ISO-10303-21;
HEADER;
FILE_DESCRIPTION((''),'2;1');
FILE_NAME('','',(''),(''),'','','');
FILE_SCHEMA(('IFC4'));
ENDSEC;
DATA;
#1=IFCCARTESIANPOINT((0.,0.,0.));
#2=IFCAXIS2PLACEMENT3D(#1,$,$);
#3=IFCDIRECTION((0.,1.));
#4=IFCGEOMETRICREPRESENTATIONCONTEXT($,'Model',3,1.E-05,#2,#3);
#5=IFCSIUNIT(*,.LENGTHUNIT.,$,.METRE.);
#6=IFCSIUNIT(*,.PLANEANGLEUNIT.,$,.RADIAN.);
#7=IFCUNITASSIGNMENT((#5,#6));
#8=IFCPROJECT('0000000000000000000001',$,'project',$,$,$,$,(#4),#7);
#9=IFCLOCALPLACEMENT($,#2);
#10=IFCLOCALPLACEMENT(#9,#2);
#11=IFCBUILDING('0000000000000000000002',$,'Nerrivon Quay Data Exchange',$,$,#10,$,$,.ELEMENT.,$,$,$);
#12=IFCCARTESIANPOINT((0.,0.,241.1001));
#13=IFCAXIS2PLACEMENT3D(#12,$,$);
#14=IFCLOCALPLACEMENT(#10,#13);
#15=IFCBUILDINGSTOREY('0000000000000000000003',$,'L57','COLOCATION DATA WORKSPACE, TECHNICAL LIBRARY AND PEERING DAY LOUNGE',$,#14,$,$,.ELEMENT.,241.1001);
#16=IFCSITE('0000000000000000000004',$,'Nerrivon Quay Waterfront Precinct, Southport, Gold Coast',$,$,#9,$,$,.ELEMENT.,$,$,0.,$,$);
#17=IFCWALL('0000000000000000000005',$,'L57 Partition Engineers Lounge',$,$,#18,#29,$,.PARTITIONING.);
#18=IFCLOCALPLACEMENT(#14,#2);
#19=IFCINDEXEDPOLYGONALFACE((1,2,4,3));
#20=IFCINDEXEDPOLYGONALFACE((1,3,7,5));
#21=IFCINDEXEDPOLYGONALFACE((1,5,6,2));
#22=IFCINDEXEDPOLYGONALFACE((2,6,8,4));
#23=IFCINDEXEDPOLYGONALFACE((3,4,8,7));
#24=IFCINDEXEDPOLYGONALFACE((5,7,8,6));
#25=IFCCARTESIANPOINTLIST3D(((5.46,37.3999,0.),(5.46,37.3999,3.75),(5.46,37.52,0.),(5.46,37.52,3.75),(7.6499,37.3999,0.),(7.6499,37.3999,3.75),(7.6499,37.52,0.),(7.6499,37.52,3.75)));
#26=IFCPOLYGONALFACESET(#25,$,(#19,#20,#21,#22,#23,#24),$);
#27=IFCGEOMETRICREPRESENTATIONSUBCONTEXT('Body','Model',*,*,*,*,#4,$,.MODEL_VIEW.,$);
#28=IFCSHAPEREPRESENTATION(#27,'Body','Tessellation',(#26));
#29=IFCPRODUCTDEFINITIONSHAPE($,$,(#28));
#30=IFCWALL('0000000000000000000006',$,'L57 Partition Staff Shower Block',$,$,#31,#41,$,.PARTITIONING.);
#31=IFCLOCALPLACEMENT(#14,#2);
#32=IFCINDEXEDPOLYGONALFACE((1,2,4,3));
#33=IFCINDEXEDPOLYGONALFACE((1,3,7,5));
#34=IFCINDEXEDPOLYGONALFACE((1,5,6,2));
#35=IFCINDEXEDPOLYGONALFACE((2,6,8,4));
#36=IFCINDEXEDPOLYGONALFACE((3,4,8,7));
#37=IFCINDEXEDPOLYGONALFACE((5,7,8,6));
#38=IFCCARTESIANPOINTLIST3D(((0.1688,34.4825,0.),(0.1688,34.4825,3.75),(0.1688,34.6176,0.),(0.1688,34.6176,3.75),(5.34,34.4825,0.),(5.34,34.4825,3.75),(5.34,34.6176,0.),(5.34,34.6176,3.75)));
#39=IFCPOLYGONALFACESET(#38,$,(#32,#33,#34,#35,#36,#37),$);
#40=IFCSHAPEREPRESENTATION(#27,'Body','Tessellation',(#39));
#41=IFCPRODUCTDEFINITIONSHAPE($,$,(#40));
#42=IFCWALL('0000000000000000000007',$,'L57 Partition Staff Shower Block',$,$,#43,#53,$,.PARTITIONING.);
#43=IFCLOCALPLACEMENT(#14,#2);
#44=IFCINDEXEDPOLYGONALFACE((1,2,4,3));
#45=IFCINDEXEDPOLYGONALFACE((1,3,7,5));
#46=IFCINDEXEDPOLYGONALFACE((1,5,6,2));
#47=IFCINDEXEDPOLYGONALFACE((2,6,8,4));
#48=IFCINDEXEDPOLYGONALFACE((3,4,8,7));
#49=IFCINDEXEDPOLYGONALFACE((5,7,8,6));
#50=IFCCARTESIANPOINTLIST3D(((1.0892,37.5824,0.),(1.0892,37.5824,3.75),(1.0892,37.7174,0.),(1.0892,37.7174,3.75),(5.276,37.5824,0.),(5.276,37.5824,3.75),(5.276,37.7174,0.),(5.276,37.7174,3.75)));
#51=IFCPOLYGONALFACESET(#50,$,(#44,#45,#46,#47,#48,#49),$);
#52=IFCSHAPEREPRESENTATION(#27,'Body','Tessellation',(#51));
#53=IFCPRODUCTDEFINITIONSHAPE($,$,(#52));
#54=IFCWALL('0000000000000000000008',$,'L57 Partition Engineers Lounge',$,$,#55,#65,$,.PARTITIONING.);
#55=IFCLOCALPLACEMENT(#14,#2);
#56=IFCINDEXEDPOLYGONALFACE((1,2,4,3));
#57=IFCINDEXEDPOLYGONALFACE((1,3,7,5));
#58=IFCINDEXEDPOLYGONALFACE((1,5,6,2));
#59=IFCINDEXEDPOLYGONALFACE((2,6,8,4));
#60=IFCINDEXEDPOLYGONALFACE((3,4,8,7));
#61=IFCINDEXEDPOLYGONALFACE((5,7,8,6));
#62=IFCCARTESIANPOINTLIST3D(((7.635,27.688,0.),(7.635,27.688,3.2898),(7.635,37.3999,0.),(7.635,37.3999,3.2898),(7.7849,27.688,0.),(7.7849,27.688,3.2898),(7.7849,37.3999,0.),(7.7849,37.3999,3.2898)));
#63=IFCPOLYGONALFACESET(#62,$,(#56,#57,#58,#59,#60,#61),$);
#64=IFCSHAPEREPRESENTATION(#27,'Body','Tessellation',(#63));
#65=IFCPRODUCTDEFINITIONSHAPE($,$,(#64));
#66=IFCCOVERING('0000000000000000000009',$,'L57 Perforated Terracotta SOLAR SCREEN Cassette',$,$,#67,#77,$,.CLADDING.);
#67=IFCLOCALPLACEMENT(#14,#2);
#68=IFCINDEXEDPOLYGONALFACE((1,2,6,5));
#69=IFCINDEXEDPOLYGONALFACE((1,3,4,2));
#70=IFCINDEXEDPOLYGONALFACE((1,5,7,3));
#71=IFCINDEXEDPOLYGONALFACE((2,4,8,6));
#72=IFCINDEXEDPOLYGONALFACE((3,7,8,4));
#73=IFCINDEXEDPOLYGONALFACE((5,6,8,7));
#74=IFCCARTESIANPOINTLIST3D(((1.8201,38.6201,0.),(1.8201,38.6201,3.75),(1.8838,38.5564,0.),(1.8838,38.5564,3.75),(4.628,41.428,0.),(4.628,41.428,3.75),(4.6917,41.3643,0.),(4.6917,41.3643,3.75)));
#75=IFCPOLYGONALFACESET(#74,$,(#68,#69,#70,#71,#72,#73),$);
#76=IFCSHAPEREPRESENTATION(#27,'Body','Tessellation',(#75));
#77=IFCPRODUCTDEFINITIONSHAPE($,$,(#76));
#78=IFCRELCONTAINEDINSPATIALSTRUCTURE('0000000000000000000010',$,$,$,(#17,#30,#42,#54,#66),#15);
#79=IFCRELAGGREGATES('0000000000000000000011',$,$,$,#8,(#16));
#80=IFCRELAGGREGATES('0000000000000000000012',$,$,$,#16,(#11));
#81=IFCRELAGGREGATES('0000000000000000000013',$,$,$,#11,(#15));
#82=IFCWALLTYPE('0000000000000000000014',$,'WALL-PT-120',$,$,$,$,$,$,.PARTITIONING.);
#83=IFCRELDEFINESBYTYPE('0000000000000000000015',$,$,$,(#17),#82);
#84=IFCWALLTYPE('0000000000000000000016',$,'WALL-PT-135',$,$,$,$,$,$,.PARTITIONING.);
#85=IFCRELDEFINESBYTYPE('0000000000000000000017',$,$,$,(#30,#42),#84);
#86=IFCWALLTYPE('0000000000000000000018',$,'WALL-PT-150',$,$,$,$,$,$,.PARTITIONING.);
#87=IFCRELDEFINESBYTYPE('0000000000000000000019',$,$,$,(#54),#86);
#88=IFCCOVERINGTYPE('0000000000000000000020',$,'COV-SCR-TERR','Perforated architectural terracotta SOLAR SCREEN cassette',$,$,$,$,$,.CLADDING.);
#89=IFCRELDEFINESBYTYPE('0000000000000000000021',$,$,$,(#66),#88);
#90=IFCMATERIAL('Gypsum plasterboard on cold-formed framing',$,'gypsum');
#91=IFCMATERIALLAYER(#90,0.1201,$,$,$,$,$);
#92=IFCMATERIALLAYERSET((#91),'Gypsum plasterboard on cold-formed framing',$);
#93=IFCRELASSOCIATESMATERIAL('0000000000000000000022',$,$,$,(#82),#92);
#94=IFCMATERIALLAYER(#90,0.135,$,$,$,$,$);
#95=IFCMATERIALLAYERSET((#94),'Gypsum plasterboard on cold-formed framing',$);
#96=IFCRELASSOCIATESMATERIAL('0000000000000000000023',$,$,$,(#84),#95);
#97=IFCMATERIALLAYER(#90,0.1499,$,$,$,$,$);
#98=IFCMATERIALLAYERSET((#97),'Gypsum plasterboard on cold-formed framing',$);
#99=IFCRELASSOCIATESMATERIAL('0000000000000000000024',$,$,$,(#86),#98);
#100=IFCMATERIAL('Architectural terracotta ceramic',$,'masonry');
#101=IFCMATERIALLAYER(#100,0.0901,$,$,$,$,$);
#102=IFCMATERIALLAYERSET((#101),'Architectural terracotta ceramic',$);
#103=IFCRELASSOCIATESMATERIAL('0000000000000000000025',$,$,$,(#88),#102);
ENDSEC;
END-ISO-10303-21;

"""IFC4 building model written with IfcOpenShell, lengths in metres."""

from ifc_helpers import new_model, si_unit, direction, frame, frame_2d, origin, origin_2d, place, context, subcontext, project, spatial, rectangle, extrude, material, layer, layer_set, type_object, element, save


model = new_model("IFC4")

# Units and contexts
model_context = context("Model", 3, precision=1e-05, world=origin(), true_north=direction((0.0, 1.0)))
body_context = subcontext(model_context, "Body", "Model", "MODEL_VIEW")
ifc_project = project(units=[si_unit("LENGTHUNIT", "METRE"), si_unit("PLANEANGLEUNIT", "RADIAN")], contexts=[model_context])

# Site, building, storey
site_placement = place(None, origin())
site = spatial("IfcSite", under=ifc_project, at=site_placement, Name="Nerrivon Quay Waterfront Precinct, Southport, Gold Coast", CompositionType="ELEMENT", RefElevation=0.0)
building_placement = place(site_placement, origin())
building = spatial("IfcBuilding", under=site, at=building_placement, Name="Nerrivon Quay Data Exchange", CompositionType="ELEMENT")
storey_placement = place(building_placement, frame((0.0, 0.0, 241.1001)))
storey = spatial("IfcBuildingStorey", under=building, at=storey_placement, Name="L57", Description="COLOCATION DATA WORKSPACE, TECHNICAL LIBRARY AND PEERING DAY LOUNGE", CompositionType="ELEMENT", Elevation=241.1001)

# Shared definitions
ifc_material_1 = material(Name="Gypsum plasterboard on cold-formed framing", Category="gypsum")
ifc_layer_1 = layer(ifc_material_1, 0.1201)
ifc_layer_set_1 = layer_set([ifc_layer_1], Name="Gypsum plasterboard on cold-formed framing")
wall_type_1 = type_object("IfcWallType", Name="WALL-PT-120", PredefinedType="PARTITIONING", material=ifc_layer_set_1)

# Walls
wall_1_placement = place(storey_placement, frame((5.46, 37.46, 0.0), z_axis=(0.0, 0.0, 1.0), x_axis=(1.0, 0.0, 0.0)))
element("IfcWall", 1, at=wall_1_placement, inside=storey, type_object=wall_type_1, Name="L57 Partition Engineers Lounge", PredefinedType="PARTITIONING", context=body_context, shape_type="SweptSolid", body=[
    extrude(rectangle(XDim=2.1899, YDim=0.1201, at=frame_2d((1.095, 0.0))), origin(), (0.0, 0.0, 1.0), 3.75),
])
ifc_layer_2 = layer(ifc_material_1, 0.135)
ifc_layer_set_2 = layer_set([ifc_layer_2], Name="Gypsum plasterboard on cold-formed framing")
wall_type_2 = type_object("IfcWallType", Name="WALL-PT-135", PredefinedType="PARTITIONING", material=ifc_layer_set_2)
wall_2_placement = place(storey_placement, frame((0.1689, 34.55, 0.0), z_axis=(0.0, 0.0, 1.0), x_axis=(1.0, 0.0, 0.0)))
element("IfcWall", 2, at=wall_2_placement, inside=storey, type_object=wall_type_2, Name="L57 Partition Staff Shower Block", PredefinedType="PARTITIONING", context=body_context, shape_type="SweptSolid", body=[
    extrude(rectangle(XDim=5.1711, YDim=0.135, at=frame_2d((2.5854, 0.0))), origin(), (0.0, 0.0, 1.0), 3.75),
])
wall_3_placement = place(storey_placement, frame((5.2759, 37.6499, 0.0), z_axis=(0.0, 0.0, 1.0), x_axis=(-1.0, 0.0, 0.0)))
element("IfcWall", 3, at=wall_3_placement, inside=storey, type_object=wall_type_2, Name="L57 Partition Staff Shower Block", PredefinedType="PARTITIONING", context=body_context, shape_type="SweptSolid", body=[
    extrude(rectangle(XDim=4.1868, YDim=0.135, at=frame_2d((2.0933, 0.0))), origin(), (0.0, 0.0, 1.0), 3.75),
])
ifc_layer_3 = layer(ifc_material_1, 0.1499)
ifc_layer_set_3 = layer_set([ifc_layer_3], Name="Gypsum plasterboard on cold-formed framing")
wall_type_3 = type_object("IfcWallType", Name="WALL-PT-150", PredefinedType="PARTITIONING", material=ifc_layer_set_3)
wall_4_placement = place(storey_placement, frame((7.71, 37.3999, 0.0), z_axis=(0.0, 0.0, 1.0), x_axis=(0.0, -1.0, 0.0)))
element("IfcWall", 4, at=wall_4_placement, inside=storey, type_object=wall_type_3, Name="L57 Partition Engineers Lounge", PredefinedType="PARTITIONING", context=body_context, shape_type="SweptSolid", body=[
    extrude(rectangle(XDim=9.7119, YDim=0.1499, at=frame_2d((4.856, 0.0))), origin(), (0.0, 0.0, 1.0), 3.2898),
])

# Covering
ifc_material_2 = material(Name="Architectural terracotta ceramic", Category="masonry")
ifc_layer_4 = layer(ifc_material_2, 0.0901)
ifc_layer_set_4 = layer_set([ifc_layer_4], Name="Architectural terracotta ceramic")
covering_type = type_object("IfcCoveringType", Name="COV-SCR-TERR", Description="Perforated architectural terracotta SOLAR SCREEN cassette", PredefinedType="CLADDING", material=ifc_layer_set_4)
covering_placement = place(storey_placement, frame((3.2559, 39.9922, 0.0), z_axis=(0.0, 0.0, 1.0), x_axis=(0.707107, 0.707107, 0.0)))
element("IfcCovering", 5, at=covering_placement, inside=storey, type_object=covering_type, Name="L57 Perforated Terracotta SOLAR SCREEN Cassette", PredefinedType="CLADDING", context=body_context, shape_type="SweptSolid", body=[
    extrude(rectangle(XDim=3.9709, YDim=0.0901, at=origin_2d()), origin(), (0.0, 0.0, 1.0), 3.75),
])

save(model, "model.ifc")
